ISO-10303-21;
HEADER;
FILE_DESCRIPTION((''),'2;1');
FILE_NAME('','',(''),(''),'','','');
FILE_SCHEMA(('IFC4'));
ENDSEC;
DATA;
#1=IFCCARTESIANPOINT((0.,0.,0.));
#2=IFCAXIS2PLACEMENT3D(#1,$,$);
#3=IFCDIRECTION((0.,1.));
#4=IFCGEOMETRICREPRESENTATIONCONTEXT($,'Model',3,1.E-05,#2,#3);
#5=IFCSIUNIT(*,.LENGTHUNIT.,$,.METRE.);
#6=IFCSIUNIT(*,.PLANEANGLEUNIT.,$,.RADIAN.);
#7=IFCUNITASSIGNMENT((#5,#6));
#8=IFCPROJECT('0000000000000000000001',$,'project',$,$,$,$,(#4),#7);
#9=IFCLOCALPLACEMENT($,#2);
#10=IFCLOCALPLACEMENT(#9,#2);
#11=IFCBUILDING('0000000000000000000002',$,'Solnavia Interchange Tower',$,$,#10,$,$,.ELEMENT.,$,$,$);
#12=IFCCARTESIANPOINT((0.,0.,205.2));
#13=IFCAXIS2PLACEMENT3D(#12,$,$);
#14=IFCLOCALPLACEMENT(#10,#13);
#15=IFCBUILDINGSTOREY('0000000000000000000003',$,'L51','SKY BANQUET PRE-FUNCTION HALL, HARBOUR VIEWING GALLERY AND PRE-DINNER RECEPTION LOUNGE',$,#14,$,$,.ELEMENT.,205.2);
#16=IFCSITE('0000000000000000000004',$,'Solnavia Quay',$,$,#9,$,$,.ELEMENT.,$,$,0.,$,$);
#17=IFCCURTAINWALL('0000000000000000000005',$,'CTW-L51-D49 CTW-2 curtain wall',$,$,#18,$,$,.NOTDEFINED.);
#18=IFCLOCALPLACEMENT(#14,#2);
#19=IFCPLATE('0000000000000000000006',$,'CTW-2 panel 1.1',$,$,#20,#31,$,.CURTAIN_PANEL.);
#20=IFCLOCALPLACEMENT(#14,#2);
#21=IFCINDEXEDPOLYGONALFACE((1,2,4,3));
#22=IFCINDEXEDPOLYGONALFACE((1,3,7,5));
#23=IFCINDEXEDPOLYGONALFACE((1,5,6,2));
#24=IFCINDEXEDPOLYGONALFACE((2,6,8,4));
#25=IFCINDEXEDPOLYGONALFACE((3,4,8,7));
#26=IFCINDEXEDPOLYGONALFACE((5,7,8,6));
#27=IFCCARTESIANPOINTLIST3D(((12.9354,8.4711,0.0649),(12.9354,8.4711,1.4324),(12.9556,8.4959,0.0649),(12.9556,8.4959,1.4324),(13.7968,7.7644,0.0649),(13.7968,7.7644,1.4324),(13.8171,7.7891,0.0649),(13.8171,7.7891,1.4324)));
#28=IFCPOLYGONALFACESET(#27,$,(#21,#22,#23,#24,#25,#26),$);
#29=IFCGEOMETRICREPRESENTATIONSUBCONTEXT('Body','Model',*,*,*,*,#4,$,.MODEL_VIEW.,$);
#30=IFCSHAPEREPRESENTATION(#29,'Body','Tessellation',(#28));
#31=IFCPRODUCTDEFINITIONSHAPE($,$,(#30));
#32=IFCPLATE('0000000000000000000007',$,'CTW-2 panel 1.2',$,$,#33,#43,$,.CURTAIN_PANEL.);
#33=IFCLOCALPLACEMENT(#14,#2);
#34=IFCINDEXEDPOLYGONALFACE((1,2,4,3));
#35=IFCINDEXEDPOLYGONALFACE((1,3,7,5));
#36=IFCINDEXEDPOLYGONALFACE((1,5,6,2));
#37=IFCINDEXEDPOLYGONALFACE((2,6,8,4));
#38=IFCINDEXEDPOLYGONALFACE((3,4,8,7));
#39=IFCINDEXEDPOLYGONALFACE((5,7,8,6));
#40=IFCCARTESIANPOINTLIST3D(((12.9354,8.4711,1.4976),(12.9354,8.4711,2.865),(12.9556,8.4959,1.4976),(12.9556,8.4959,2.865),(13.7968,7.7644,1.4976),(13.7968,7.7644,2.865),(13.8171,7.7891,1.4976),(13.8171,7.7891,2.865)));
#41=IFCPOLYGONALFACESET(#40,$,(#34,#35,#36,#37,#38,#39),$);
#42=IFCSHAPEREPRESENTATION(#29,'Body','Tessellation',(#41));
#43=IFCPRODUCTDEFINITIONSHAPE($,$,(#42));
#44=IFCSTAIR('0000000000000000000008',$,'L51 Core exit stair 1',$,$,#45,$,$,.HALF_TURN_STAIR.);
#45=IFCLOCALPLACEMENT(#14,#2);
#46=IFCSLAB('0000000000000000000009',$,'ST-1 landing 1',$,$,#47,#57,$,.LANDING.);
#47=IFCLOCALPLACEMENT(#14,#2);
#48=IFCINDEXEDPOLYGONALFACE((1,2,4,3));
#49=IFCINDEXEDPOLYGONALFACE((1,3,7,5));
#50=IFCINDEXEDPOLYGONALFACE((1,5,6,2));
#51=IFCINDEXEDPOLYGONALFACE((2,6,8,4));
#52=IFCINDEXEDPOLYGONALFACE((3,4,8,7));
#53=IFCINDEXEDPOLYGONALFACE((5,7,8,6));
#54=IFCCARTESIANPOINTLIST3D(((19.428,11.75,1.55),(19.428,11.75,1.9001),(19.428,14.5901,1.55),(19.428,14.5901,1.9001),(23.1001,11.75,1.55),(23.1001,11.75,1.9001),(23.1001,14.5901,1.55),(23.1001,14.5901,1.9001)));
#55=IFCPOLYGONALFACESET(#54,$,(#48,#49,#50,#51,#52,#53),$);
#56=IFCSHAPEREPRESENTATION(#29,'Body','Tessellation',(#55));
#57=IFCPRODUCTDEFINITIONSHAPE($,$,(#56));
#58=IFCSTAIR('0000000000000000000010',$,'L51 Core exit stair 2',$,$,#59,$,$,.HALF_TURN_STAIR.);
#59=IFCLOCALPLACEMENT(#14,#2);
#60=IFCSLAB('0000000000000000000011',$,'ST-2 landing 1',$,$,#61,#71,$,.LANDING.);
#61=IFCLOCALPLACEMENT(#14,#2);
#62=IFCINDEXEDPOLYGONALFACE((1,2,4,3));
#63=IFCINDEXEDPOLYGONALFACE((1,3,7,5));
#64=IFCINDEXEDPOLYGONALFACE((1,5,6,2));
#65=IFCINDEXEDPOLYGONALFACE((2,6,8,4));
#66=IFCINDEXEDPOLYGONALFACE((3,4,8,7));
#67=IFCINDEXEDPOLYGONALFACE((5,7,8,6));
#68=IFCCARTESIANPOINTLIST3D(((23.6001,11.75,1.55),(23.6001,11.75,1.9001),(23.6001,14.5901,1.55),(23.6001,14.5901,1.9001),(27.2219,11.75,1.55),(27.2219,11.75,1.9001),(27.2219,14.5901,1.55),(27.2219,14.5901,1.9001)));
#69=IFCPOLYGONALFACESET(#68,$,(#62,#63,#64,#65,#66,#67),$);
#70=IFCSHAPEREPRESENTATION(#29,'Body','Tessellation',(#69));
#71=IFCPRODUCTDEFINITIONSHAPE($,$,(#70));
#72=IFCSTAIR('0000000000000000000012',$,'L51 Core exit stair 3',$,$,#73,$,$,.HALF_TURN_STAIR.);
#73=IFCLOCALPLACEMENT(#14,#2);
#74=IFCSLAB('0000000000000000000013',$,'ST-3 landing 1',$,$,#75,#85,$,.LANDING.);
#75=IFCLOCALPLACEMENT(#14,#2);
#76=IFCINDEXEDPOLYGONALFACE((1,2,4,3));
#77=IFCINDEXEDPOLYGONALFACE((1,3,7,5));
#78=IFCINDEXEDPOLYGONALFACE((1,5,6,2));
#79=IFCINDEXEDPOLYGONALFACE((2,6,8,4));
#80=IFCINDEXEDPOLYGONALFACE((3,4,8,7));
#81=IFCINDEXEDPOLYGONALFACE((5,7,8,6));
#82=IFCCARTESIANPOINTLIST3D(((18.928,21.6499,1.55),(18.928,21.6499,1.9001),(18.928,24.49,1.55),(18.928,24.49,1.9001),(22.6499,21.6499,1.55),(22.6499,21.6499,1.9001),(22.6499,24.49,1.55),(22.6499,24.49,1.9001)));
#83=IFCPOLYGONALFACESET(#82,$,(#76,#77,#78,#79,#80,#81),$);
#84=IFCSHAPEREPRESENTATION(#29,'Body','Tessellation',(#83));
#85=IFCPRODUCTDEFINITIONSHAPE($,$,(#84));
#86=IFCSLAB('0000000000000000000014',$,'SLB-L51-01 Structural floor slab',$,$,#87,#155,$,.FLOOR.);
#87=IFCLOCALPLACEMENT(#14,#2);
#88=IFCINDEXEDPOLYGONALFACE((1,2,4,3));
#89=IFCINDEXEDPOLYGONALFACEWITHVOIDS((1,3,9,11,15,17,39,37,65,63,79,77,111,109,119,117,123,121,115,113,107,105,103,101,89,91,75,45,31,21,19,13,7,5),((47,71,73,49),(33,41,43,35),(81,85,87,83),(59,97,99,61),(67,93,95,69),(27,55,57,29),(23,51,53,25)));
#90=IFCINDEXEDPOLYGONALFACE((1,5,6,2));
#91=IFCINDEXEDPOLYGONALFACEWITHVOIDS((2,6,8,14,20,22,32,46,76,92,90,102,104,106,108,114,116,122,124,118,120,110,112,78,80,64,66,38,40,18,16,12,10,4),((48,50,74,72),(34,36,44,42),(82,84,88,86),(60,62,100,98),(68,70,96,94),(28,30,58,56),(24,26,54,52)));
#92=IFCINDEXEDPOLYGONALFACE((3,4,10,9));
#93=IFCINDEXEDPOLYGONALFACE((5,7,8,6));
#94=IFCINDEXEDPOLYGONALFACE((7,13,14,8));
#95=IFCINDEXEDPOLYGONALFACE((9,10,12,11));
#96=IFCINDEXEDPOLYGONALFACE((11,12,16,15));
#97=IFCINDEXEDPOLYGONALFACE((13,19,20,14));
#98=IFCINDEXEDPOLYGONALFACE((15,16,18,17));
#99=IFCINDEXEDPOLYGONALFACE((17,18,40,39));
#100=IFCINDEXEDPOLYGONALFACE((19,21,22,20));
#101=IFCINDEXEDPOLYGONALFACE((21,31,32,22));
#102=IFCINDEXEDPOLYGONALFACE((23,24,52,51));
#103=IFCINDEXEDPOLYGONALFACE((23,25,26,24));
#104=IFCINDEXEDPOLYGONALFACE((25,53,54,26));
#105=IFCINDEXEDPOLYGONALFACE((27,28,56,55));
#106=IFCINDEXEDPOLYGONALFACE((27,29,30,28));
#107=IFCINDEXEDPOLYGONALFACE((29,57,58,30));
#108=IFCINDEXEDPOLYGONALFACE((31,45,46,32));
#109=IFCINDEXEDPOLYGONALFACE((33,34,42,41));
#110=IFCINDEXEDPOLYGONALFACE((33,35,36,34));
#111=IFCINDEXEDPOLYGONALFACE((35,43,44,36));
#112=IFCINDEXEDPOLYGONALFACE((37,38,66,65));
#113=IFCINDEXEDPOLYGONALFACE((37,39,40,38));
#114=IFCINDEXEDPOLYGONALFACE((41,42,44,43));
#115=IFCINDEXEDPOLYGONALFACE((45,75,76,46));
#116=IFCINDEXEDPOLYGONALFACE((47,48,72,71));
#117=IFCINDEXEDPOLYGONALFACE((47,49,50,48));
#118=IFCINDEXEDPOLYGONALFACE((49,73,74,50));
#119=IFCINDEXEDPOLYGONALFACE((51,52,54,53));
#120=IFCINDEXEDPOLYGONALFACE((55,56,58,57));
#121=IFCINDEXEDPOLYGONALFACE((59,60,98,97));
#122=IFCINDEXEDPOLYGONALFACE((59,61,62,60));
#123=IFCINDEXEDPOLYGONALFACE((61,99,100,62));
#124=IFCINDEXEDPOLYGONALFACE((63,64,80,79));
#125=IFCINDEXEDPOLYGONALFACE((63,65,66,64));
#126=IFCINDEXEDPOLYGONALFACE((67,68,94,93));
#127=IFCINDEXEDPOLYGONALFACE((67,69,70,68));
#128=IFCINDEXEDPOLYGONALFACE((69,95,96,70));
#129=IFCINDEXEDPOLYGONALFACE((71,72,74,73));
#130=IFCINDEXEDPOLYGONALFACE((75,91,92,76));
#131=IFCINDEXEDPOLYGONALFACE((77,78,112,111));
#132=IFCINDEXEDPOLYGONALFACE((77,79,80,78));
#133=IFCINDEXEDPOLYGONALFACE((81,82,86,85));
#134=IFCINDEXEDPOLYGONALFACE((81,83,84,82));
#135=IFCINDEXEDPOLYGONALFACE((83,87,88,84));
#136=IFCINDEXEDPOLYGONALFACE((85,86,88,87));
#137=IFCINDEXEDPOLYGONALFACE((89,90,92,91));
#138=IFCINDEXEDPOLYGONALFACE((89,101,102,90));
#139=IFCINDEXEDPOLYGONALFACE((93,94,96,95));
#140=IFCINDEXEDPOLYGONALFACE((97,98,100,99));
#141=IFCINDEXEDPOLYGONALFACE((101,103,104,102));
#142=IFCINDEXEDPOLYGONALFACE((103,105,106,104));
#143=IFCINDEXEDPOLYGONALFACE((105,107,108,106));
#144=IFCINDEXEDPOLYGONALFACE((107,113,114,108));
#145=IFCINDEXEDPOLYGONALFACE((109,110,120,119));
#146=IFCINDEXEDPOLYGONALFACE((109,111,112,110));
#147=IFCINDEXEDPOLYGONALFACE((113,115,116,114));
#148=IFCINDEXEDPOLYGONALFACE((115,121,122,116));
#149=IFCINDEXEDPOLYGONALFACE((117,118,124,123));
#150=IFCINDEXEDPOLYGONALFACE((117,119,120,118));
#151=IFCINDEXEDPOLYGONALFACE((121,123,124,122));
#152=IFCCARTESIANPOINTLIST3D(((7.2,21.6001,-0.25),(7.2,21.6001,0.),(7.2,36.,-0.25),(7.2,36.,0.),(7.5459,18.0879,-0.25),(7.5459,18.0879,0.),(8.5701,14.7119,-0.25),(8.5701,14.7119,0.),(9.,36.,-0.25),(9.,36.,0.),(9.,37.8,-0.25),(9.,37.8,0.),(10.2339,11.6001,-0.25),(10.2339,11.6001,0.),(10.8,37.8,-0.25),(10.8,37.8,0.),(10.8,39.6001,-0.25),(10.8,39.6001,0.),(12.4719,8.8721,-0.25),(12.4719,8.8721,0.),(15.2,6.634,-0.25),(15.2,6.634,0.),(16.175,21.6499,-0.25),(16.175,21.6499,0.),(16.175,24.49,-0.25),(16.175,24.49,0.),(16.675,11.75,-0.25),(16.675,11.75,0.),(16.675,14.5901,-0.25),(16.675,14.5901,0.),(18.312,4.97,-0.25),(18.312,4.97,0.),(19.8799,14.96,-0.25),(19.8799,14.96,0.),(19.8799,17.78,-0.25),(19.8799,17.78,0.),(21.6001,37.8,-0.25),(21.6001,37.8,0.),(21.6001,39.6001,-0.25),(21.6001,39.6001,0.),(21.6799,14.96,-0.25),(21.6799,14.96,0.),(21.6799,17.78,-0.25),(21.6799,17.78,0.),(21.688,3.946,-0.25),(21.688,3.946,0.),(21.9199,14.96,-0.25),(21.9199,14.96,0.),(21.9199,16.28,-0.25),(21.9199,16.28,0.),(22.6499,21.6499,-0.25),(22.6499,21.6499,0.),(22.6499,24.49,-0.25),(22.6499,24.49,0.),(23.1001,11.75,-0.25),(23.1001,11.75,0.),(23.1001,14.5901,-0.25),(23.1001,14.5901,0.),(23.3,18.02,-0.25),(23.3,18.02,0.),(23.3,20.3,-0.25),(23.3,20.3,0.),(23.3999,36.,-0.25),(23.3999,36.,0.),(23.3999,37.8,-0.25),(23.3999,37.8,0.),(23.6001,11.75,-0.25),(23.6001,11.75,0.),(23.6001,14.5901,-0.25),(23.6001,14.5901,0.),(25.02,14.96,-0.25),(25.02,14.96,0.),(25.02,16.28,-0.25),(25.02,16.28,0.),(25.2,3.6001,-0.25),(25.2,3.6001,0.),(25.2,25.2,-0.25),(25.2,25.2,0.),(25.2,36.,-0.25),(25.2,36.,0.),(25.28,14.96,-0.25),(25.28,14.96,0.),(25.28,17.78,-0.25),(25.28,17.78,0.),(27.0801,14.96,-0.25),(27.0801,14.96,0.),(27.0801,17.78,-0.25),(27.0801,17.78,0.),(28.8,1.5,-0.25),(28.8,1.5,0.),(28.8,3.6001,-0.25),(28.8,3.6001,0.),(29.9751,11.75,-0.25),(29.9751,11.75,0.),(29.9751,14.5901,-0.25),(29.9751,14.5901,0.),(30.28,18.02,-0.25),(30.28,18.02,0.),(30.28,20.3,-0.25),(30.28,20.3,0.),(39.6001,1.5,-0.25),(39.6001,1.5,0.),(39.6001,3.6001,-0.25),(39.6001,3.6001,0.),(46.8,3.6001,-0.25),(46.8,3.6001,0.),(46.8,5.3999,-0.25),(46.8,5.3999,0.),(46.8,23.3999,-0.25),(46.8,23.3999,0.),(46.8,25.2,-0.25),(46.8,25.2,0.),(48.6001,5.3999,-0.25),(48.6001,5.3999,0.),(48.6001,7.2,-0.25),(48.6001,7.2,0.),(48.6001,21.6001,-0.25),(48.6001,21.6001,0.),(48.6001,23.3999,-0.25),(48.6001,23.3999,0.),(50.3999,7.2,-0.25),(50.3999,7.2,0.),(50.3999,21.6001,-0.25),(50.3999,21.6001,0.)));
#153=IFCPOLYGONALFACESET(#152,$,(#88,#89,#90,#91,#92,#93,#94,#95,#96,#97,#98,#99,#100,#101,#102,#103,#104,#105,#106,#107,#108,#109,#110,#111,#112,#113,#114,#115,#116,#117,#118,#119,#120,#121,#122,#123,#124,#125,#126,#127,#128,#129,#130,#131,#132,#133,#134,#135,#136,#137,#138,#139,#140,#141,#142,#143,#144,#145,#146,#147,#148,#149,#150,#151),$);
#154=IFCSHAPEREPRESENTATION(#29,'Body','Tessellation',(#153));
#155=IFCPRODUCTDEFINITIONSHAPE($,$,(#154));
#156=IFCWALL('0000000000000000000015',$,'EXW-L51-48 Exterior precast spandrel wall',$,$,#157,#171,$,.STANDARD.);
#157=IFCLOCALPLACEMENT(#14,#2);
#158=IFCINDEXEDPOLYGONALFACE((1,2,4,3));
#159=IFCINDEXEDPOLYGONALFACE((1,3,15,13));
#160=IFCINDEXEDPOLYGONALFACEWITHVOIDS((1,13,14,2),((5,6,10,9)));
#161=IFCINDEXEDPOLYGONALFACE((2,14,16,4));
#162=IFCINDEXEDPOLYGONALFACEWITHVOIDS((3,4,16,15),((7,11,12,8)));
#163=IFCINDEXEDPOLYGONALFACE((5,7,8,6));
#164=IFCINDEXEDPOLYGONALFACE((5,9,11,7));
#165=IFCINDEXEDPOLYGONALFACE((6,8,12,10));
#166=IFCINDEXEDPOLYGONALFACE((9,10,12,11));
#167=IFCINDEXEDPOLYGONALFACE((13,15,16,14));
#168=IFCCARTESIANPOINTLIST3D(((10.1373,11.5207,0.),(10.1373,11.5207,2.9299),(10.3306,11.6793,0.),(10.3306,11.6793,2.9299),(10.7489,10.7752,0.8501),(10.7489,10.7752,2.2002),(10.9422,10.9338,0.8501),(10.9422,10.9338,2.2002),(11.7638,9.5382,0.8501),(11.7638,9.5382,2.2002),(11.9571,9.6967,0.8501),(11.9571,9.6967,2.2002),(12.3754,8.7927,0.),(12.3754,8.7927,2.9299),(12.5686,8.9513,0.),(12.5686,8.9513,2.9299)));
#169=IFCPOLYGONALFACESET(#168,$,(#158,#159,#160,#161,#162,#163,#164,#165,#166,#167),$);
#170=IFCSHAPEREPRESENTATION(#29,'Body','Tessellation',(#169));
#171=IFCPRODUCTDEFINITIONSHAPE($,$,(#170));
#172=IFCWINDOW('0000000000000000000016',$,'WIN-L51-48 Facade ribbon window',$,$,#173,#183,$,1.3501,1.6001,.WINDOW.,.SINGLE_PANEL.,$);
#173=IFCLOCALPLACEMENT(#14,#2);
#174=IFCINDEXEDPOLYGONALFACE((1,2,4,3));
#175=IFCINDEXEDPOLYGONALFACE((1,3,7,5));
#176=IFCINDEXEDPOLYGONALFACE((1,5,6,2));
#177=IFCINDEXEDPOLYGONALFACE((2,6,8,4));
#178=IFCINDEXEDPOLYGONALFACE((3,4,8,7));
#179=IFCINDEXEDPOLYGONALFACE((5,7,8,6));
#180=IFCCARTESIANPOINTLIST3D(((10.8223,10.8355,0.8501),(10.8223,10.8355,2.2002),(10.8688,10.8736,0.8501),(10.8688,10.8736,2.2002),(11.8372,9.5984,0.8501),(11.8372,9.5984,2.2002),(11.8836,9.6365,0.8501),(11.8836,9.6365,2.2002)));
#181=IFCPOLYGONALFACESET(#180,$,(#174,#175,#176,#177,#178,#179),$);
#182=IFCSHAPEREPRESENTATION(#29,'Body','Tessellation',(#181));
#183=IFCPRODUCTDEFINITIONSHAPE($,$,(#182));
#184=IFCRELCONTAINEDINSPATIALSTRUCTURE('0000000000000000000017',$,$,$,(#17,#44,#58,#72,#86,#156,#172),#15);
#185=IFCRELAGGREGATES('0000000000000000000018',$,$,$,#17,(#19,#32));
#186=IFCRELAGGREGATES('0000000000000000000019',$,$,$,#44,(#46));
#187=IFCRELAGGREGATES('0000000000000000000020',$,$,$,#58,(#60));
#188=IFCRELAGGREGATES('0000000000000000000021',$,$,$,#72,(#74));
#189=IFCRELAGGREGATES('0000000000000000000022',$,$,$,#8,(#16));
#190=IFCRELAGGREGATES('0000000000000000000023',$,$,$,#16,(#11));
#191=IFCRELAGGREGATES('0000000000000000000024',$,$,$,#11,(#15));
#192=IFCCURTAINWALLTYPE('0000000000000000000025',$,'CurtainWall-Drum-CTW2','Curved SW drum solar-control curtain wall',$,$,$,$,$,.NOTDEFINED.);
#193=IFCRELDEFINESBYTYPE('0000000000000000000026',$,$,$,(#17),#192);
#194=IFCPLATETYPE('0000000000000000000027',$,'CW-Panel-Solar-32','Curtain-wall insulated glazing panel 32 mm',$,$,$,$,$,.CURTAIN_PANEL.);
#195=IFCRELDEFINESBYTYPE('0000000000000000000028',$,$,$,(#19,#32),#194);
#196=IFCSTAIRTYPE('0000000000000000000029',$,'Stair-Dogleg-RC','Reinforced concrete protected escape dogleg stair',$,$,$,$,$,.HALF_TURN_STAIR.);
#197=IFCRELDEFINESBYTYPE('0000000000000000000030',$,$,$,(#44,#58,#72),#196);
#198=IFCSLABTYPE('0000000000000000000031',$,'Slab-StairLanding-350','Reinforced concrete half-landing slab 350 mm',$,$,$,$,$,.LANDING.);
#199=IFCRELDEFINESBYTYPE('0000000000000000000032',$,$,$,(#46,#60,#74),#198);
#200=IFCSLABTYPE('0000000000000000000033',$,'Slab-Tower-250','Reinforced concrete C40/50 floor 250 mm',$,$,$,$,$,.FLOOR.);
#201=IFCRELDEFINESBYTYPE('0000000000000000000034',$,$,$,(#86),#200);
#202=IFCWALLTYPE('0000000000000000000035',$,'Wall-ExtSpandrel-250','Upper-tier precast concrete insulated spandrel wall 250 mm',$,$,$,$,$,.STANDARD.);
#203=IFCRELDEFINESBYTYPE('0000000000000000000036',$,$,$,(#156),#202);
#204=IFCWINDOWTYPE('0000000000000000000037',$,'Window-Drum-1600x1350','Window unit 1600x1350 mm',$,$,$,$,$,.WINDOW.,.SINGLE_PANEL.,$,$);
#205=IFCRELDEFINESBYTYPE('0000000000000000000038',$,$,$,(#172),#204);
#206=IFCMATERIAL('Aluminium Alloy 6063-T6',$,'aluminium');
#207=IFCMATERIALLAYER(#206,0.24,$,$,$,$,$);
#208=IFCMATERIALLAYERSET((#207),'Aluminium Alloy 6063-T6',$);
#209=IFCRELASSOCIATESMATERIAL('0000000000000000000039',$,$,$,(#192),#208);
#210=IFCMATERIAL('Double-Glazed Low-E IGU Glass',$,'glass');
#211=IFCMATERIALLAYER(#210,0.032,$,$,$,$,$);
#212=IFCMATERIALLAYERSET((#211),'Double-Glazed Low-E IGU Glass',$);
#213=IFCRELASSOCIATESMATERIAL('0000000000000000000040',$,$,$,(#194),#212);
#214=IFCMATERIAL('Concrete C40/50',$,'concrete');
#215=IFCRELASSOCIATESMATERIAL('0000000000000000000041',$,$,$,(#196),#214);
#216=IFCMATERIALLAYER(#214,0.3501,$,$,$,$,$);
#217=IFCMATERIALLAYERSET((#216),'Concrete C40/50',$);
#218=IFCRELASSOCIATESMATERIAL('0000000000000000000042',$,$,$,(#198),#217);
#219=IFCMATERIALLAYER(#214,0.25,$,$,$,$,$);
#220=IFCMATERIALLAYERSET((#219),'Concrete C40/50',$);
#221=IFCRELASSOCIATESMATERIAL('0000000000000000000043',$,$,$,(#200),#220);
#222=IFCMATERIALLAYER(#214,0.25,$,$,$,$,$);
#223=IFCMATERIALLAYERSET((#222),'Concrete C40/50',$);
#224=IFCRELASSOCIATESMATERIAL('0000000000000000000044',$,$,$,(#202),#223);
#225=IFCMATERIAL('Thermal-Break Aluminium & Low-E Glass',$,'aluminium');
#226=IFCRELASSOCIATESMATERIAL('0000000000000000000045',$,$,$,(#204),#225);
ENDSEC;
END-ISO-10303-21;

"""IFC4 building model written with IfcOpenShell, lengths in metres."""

from ifc_helpers import new_model, si_unit, direction, frame, frame_2d, origin, origin_2d, place, context, subcontext, project, spatial, polyline, rectangle, outline, extrude, material, layer, layer_set, type_object, element, fill, aggregate, save


model = new_model("IFC4")

# Units and contexts
model_context = context("Model", 3, precision=1e-05, world=origin(), true_north=direction((0.0, 1.0)))
body_context = subcontext(model_context, "Body", "Model", "MODEL_VIEW")
ifc_project = project(units=[si_unit("LENGTHUNIT", "METRE"), si_unit("PLANEANGLEUNIT", "RADIAN")], contexts=[model_context])

# Site, building, storey
site_placement = place(None, origin())
site = spatial("IfcSite", under=ifc_project, at=site_placement, Name="Solnavia Quay", CompositionType="ELEMENT", RefElevation=0.0)
building_placement = place(site_placement, origin())
building = spatial("IfcBuilding", under=site, at=building_placement, Name="Solnavia Interchange Tower", CompositionType="ELEMENT")
storey_placement = place(building_placement, frame((0.0, 0.0, 205.2)))
storey = spatial("IfcBuildingStorey", under=building, at=storey_placement, Name="L51", Description="SKY BANQUET PRE-FUNCTION HALL, HARBOUR VIEWING GALLERY AND PRE-DINNER RECEPTION LOUNGE", CompositionType="ELEMENT", Elevation=205.2)

# Curtain wall, plates
ifc_material_1 = material(Name="Aluminium Alloy 6063-T6", Category="aluminium")
ifc_layer_1 = layer(ifc_material_1, 0.24)
ifc_layer_set_1 = layer_set([ifc_layer_1], Name="Aluminium Alloy 6063-T6")
curtain_wall_type = type_object("IfcCurtainWallType", Name="CurtainWall-Drum-CTW2", Description="Curved SW drum solar-control curtain wall", PredefinedType="NOTDEFINED", material=ifc_layer_set_1)
curtain_wall_placement = place(storey_placement, origin())
curtain_wall = element("IfcCurtainWall", 1, at=curtain_wall_placement, inside=storey, type_object=curtain_wall_type, Name="CTW-L51-D49 CTW-2 curtain wall", PredefinedType="NOTDEFINED")
ifc_material_2 = material(Name="Double-Glazed Low-E IGU Glass", Category="glass")
ifc_layer_2 = layer(ifc_material_2, 0.032)
ifc_layer_set_2 = layer_set([ifc_layer_2], Name="Double-Glazed Low-E IGU Glass")
plate_type = type_object("IfcPlateType", Name="CW-Panel-Solar-32", Description="Curtain-wall insulated glazing panel 32 mm", PredefinedType="CURTAIN_PANEL", material=ifc_layer_set_2)
plate_1_placement = place(storey_placement, frame((13.3762, 8.1301, 0.0649), z_axis=(0.0, 0.0, 1.0), x_axis=(0.773103, -0.63428, 0.0)))
plate_1 = element("IfcPlate", 2, at=plate_1_placement, type_object=plate_type, Name="CTW-2 panel 1.1", PredefinedType="CURTAIN_PANEL", context=body_context, shape_type="SweptSolid", body=[
    extrude(rectangle(XDim=1.1143, YDim=0.032, at=origin_2d()), origin(), (0.0, 0.0, 1.0), 1.3674),
])
plate_2_placement = place(storey_placement, frame((13.3762, 8.1301, 1.4976), z_axis=(0.0, 0.0, 1.0), x_axis=(0.773103, -0.63428, 0.0)))
plate_2 = element("IfcPlate", 3, at=plate_2_placement, type_object=plate_type, Name="CTW-2 panel 1.2", PredefinedType="CURTAIN_PANEL", context=body_context, shape_type="SweptSolid", body=[
    extrude(rectangle(XDim=1.1143, YDim=0.032, at=origin_2d()), origin(), (0.0, 0.0, 1.0), 1.3674),
])
aggregate(curtain_wall, [plate_1, plate_2])

# Stairs, slabs
ifc_material_3 = material(Name="Concrete C40/50", Category="concrete")
stair_type = type_object("IfcStairType", Name="Stair-Dogleg-RC", Description="Reinforced concrete protected escape dogleg stair", PredefinedType="HALF_TURN_STAIR", material=ifc_material_3)
stair_1_placement = place(storey_placement, origin())
stair_1 = element("IfcStair", 4, at=stair_1_placement, inside=storey, type_object=stair_type, Name="L51 Core exit stair 1", PredefinedType="HALF_TURN_STAIR")
ifc_layer_3 = layer(ifc_material_3, 0.3501)
ifc_layer_set_3 = layer_set([ifc_layer_3], Name="Concrete C40/50")
slab_type_1 = type_object("IfcSlabType", Name="Slab-StairLanding-350", Description="Reinforced concrete half-landing slab 350 mm", PredefinedType="LANDING", material=ifc_layer_set_3)
slab_1_placement = place(storey_placement, frame((0.0, 0.0, 1.55)))
slab_1 = element("IfcSlab", 5, at=slab_1_placement, type_object=slab_type_1, Name="ST-1 landing 1", PredefinedType="LANDING", context=body_context, shape_type="SweptSolid", body=[
    extrude(outline(polyline([(19.428, 11.75), (23.1001, 11.75), (23.1001, 14.5901), (19.428, 14.5901), (19.428, 11.75)])), origin(), (0.0, 0.0, 1.0), 0.3501),
])
aggregate(stair_1, [slab_1])
stair_2_placement = place(storey_placement, origin())
stair_2 = element("IfcStair", 6, at=stair_2_placement, inside=storey, type_object=stair_type, Name="L51 Core exit stair 2", PredefinedType="HALF_TURN_STAIR")
slab_2_placement = place(storey_placement, frame((0.0, 0.0, 1.55)))
slab_2 = element("IfcSlab", 7, at=slab_2_placement, type_object=slab_type_1, Name="ST-2 landing 1", PredefinedType="LANDING", context=body_context, shape_type="SweptSolid", body=[
    extrude(outline(polyline([(23.6001, 11.75), (27.2219, 11.75), (27.2219, 14.5901), (23.6001, 14.5901), (23.6001, 11.75)])), origin(), (0.0, 0.0, 1.0), 0.3501),
])
aggregate(stair_2, [slab_2])
stair_3_placement = place(storey_placement, origin())
stair_3 = element("IfcStair", 8, at=stair_3_placement, inside=storey, type_object=stair_type, Name="L51 Core exit stair 3", PredefinedType="HALF_TURN_STAIR")
slab_3_placement = place(storey_placement, frame((0.0, 0.0, 1.55)))
slab_3 = element("IfcSlab", 9, at=slab_3_placement, type_object=slab_type_1, Name="ST-3 landing 1", PredefinedType="LANDING", context=body_context, shape_type="SweptSolid", body=[
    extrude(outline(polyline([(18.928, 21.6499), (22.6499, 21.6499), (22.6499, 24.49), (18.928, 24.49), (18.928, 21.6499)])), origin(), (0.0, 0.0, 1.0), 0.3501),
])
aggregate(stair_3, [slab_3])

# Slab
ifc_layer_4 = layer(ifc_material_3, 0.25)
ifc_layer_set_4 = layer_set([ifc_layer_4], Name="Concrete C40/50")
slab_type_2 = type_object("IfcSlabType", Name="Slab-Tower-250", Description="Reinforced concrete C40/50 floor 250 mm", PredefinedType="FLOOR", material=ifc_layer_set_4)
slab_4_placement = place(storey_placement, frame((0.0, 0.0, -0.25)))
element("IfcSlab", 10, at=slab_4_placement, inside=storey, type_object=slab_type_2, Name="SLB-L51-01 Structural floor slab", PredefinedType="FLOOR", context=body_context, shape_type="SweptSolid", body=[
    extrude(outline(polyline([(25.2, 3.6001), (28.8, 3.6001), (28.8, 1.5), (39.6001, 1.5), (39.6001, 3.6001), (46.8, 3.6001), (46.8, 5.3999), (48.6001, 5.3999), (48.6001, 7.2), (50.3999, 7.2), (50.3999, 21.6001), (48.6001, 21.6001), (48.6001, 23.3999), (46.8, 23.3999), (46.8, 25.2), (25.2, 25.2), (25.2, 36.0), (23.3999, 36.0), (23.3999, 37.8), (21.6001, 37.8), (21.6001, 39.6001), (10.8, 39.6001), (10.8, 37.8), (9.0, 37.8), (9.0, 36.0), (7.2, 36.0), (7.2, 21.6001), (7.5459, 18.0879), (8.5701, 14.7119), (10.2339, 11.6001), (12.4719, 8.8721), (15.2, 6.634), (18.312, 4.97), (21.688, 3.946), (25.2, 3.6001)]), holes=[polyline([(16.675, 11.75), (23.1001, 11.75), (23.1001, 14.5901), (16.675, 14.5901), (16.675, 11.75)]), polyline([(23.6001, 11.75), (29.9751, 11.75), (29.9751, 14.5901), (23.6001, 14.5901), (23.6001, 11.75)]), polyline([(16.175, 21.6499), (22.6499, 21.6499), (22.6499, 24.49), (16.175, 24.49), (16.175, 21.6499)]), polyline([(19.8799, 14.96), (21.6799, 14.96), (21.6799, 17.78), (19.8799, 17.78), (19.8799, 14.96)]), polyline([(25.28, 14.96), (27.0801, 14.96), (27.0801, 17.78), (25.28, 17.78), (25.28, 14.96)]), polyline([(21.9199, 14.96), (25.02, 14.96), (25.02, 16.28), (21.9199, 16.28), (21.9199, 14.96)]), polyline([(23.3, 18.02), (30.28, 18.02), (30.28, 20.3), (23.3, 20.3), (23.3, 18.02)])]), origin(), (0.0, 0.0, 1.0), 0.25),
])

# Wall, opening, window
ifc_layer_5 = layer(ifc_material_3, 0.25)
ifc_layer_set_5 = layer_set([ifc_layer_5], Name="Concrete C40/50")
wall_type_1 = type_object("IfcWallType", Name="Wall-ExtSpandrel-250", Description="Upper-tier precast concrete insulated spandrel wall 250 mm", PredefinedType="STANDARD", material=ifc_layer_set_5)
wall_1_placement = place(storey_placement, frame((12.4719, 8.8721, 0.0), z_axis=(0.0, 0.0, 1.0), x_axis=(-0.634258, 0.773121, 0.0)))
wall_1 = element("IfcWall", 11, at=wall_1_placement, inside=storey, type_object=wall_type_1, Name="EXW-L51-48 Exterior precast spandrel wall", PredefinedType="STANDARD", context=body_context, shape_type="SweptSolid", body=[
    extrude(rectangle(XDim=3.5286, YDim=0.25, at=frame_2d((1.7642, 0.0))), origin(), (0.0, 0.0, 1.0), 2.9299),
])
opening_1_placement = place(wall_1_placement, frame((0.9641, 0.0, 0.8501)))
opening_1 = element("IfcOpeningElement", 12, at=opening_1_placement, cuts=wall_1, PredefinedType="OPENING", context=body_context, shape_type="SweptSolid", body=[
    extrude(rectangle(XDim=1.6001, YDim=1.3501, at=frame_2d((0.8, 0.675))), frame((0.0, 0.135, 0.0), z_axis=(0.0, -1.0, 0.0), x_axis=(1.0, 0.0, 0.0)), (0.0, 0.0, 1.0), 0.27),
])
ifc_material_4 = material(Name="Thermal-Break Aluminium & Low-E Glass", Category="aluminium")
window_type = type_object("IfcWindowType", Name="Window-Drum-1600x1350", Description="Window unit 1600x1350 mm", PartitioningType="SINGLE_PANEL", PredefinedType="WINDOW", material=ifc_material_4)
window_placement = place(opening_1_placement, origin())
window = element("IfcWindow", 13, at=window_placement, inside=storey, type_object=window_type, Name="WIN-L51-48 Facade ribbon window", OverallHeight=1.3501, OverallWidth=1.6001, PartitioningType="SINGLE_PANEL", PredefinedType="WINDOW", context=body_context, shape_type="SweptSolid", body=[
    extrude(rectangle(XDim=1.6001, YDim=1.3501, at=frame_2d((0.8, 0.675))), frame((0.0, 0.03, 0.0), z_axis=(0.0, -1.0, 0.0), x_axis=(1.0, 0.0, 0.0)), (0.0, 0.0, 1.0), 0.0601),
])
fill(opening_1, window)

save(model, "model.ifc")
